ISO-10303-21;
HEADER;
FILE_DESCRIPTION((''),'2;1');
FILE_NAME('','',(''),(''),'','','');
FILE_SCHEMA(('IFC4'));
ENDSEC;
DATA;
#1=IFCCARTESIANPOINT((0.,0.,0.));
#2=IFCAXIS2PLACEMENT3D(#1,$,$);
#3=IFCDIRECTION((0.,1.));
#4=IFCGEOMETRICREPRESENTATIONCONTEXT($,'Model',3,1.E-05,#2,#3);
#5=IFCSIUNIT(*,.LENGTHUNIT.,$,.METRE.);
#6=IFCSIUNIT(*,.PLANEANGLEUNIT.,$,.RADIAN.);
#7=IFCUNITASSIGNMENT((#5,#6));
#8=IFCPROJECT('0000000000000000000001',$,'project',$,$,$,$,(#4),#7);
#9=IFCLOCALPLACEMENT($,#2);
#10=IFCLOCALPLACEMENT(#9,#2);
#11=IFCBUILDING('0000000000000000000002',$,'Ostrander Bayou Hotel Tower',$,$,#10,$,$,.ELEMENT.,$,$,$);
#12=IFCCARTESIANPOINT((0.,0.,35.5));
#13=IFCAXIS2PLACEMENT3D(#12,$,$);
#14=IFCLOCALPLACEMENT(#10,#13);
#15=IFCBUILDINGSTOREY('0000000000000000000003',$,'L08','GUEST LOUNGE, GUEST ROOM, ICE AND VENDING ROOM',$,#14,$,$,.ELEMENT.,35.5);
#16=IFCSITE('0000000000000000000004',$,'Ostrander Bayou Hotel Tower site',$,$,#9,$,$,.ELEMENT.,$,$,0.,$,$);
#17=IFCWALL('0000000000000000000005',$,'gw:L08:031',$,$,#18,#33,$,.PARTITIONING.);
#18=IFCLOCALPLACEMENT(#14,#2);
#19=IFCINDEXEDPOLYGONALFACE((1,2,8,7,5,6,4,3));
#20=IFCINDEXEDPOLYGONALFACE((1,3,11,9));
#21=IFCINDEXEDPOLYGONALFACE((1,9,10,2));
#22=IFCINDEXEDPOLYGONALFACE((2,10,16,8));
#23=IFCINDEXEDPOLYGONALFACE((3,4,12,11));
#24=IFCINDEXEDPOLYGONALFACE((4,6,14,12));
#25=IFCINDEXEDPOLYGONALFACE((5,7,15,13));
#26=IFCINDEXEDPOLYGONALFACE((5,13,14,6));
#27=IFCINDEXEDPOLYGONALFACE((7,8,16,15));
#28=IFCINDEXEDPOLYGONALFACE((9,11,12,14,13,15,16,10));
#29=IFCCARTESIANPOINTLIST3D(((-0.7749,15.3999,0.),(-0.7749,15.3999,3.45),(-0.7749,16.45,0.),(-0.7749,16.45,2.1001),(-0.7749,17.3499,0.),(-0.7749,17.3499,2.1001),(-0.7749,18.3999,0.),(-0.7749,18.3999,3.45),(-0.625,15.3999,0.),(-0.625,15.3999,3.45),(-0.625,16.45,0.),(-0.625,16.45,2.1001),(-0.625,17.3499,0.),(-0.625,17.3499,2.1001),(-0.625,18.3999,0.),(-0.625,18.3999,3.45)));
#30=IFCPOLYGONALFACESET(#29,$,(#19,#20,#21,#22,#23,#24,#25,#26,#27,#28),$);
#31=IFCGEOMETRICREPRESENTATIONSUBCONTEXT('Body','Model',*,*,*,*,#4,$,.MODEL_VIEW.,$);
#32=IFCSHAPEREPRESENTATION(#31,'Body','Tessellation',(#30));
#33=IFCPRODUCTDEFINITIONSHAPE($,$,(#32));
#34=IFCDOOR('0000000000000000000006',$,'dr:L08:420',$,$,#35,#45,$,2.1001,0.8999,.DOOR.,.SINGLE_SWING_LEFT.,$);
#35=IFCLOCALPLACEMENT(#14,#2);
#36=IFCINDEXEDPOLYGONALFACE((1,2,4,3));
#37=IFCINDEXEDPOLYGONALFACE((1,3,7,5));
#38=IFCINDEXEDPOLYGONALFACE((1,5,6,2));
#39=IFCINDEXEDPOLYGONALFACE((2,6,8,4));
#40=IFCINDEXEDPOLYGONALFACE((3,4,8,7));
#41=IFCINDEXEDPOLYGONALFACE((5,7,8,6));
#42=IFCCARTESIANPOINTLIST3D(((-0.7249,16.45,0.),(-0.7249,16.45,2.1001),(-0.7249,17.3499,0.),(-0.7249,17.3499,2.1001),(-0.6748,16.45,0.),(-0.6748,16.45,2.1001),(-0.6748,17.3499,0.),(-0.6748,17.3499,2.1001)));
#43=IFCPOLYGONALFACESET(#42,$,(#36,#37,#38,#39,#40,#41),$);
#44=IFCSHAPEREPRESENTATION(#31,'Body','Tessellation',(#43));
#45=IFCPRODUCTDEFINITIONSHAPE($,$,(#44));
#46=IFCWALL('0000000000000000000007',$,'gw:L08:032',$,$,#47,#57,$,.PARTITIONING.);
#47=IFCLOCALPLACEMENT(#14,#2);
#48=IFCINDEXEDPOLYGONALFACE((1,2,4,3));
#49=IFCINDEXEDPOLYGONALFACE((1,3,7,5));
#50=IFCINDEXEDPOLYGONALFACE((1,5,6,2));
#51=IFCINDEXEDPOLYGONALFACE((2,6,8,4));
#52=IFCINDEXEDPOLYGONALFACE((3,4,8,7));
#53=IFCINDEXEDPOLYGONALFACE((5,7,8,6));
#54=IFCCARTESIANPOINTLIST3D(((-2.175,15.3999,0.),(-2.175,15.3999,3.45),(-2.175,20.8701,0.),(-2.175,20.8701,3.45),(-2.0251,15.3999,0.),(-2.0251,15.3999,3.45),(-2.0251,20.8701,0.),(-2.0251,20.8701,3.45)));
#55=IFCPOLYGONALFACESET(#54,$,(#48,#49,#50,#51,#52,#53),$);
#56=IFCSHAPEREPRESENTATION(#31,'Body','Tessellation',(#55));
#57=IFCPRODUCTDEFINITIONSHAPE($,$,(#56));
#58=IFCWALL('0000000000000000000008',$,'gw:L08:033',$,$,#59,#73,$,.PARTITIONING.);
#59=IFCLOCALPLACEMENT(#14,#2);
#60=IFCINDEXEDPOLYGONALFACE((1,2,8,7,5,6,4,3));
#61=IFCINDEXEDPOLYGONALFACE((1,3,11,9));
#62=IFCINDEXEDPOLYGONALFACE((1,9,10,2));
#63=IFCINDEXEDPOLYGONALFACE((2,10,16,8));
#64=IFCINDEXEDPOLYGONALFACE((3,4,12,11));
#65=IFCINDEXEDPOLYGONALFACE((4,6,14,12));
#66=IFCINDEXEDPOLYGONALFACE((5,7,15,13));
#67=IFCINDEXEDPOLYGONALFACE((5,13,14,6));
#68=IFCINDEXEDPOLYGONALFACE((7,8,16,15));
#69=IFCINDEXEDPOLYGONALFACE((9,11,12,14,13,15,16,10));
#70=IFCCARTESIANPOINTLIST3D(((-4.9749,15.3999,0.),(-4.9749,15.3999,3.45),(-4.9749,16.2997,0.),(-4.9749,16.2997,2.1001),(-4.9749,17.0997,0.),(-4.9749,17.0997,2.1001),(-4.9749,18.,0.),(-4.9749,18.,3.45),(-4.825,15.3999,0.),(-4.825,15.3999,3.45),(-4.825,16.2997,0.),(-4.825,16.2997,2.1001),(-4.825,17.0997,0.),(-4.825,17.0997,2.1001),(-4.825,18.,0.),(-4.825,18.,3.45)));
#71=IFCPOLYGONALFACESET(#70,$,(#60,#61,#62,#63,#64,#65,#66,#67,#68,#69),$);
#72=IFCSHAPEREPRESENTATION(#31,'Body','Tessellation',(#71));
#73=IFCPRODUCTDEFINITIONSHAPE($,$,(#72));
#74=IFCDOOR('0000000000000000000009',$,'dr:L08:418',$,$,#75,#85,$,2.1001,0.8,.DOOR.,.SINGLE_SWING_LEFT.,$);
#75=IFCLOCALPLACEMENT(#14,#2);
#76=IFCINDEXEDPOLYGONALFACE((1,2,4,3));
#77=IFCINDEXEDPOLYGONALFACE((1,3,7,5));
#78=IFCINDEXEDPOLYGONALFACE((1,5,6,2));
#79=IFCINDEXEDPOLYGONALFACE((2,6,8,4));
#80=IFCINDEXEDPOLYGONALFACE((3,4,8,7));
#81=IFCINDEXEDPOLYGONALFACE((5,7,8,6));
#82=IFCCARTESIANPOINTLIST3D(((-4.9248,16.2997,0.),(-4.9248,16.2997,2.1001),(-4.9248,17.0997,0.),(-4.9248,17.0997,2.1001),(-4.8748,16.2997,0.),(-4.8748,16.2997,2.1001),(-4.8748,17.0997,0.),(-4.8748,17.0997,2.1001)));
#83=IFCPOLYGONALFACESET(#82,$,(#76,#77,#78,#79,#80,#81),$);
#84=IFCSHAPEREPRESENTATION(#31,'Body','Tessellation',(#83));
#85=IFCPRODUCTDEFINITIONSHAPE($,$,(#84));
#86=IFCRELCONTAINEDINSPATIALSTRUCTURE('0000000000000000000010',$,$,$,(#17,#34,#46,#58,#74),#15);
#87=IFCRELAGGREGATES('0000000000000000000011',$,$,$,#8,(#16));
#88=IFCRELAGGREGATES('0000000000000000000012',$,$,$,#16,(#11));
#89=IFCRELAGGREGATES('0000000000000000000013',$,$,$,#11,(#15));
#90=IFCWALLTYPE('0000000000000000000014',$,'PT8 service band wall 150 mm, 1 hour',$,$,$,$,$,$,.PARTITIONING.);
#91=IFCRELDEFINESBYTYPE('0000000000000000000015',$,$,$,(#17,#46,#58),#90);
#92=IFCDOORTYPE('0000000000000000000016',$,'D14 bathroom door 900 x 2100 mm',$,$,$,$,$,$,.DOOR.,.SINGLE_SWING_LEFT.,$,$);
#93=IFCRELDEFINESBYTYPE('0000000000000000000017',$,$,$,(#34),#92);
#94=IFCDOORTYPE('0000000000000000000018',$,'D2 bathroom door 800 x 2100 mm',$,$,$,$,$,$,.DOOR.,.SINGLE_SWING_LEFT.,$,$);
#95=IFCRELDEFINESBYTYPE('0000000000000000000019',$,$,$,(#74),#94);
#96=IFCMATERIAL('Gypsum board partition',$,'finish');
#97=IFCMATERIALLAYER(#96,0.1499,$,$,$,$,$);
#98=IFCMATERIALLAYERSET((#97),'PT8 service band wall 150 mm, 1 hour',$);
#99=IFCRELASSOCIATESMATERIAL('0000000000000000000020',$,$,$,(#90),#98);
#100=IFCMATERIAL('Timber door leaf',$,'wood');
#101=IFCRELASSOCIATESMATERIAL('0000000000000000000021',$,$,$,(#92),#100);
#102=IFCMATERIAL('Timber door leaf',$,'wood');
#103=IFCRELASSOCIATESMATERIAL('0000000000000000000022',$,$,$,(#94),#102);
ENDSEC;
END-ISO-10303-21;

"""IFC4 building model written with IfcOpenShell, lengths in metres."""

from ifc_helpers import new_model, si_unit, direction, frame, frame_2d, origin, place, context, subcontext, project, spatial, rectangle, extrude, material, layer, layer_set, type_object, element, fill, save


model = new_model("IFC4")

# Units and contexts
model_context = context("Model", 3, precision=1e-05, world=origin(), true_north=direction((0.0, 1.0)))
body_context = subcontext(model_context, "Body", "Model", "MODEL_VIEW")
ifc_project = project(units=[si_unit("LENGTHUNIT", "METRE"), si_unit("PLANEANGLEUNIT", "RADIAN")], contexts=[model_context])

# Site, building, storey
site_placement = place(None, origin())
site = spatial("IfcSite", under=ifc_project, at=site_placement, Name="Ostrander Bayou Hotel Tower site", CompositionType="ELEMENT", RefElevation=0.0)
building_placement = place(site_placement, origin())
building = spatial("IfcBuilding", under=site, at=building_placement, Name="Ostrander Bayou Hotel Tower", CompositionType="ELEMENT")
storey_placement = place(building_placement, frame((0.0, 0.0, 35.5)))
storey = spatial("IfcBuildingStorey", under=building, at=storey_placement, Name="L08", Description="GUEST LOUNGE, GUEST ROOM, ICE AND VENDING ROOM", CompositionType="ELEMENT", Elevation=35.5)

# Shared definitions
ifc_material_1 = material(Name="Gypsum board partition", Category="finish")
ifc_layer_1 = layer(ifc_material_1, 0.1499)
ifc_layer_set_1 = layer_set([ifc_layer_1], Name="PT8 service band wall 150 mm, 1 hour")
wall_type_1 = type_object("IfcWallType", Name="PT8 service band wall 150 mm, 1 hour", PredefinedType="PARTITIONING", material=ifc_layer_set_1)

# Wall, opening, door
wall_1_placement = place(storey_placement, frame((-0.7, 15.3999, 0.0), z_axis=(0.0, 0.0, 1.0), x_axis=(0.0, 1.0, 0.0)))
wall_1 = element("IfcWall", 1, at=wall_1_placement, inside=storey, type_object=wall_type_1, Name="gw:L08:031", PredefinedType="PARTITIONING", context=body_context, shape_type="SweptSolid", body=[
    extrude(rectangle(XDim=3.0, YDim=0.1499, at=frame_2d((1.5, 0.0))), origin(), (0.0, 0.0, 1.0), 3.45),
])
opening_1_placement = place(wall_1_placement, frame((1.05, 0.0, 0.0)))
opening_1 = element("IfcOpeningElement", 2, at=opening_1_placement, cuts=wall_1, PredefinedType="OPENING", context=body_context, shape_type="SweptSolid", body=[
    extrude(rectangle(XDim=0.8999, YDim=2.1001, at=frame_2d((0.45, 1.05))), frame((0.0, 0.075, 0.0), z_axis=(0.0, -1.0, 0.0), x_axis=(1.0, 0.0, 0.0)), (0.0, 0.0, 1.0), 0.1499),
])
ifc_material_2 = material(Name="Timber door leaf", Category="wood")
door_type_1 = type_object("IfcDoorType", Name="D14 bathroom door 900 x 2100 mm", OperationType="SINGLE_SWING_LEFT", PredefinedType="DOOR", material=ifc_material_2)
door_1_placement = place(opening_1_placement, origin())
door_1 = element("IfcDoor", 3, at=door_1_placement, inside=storey, type_object=door_type_1, Name="dr:L08:420", OperationType="SINGLE_SWING_LEFT", OverallHeight=2.1001, OverallWidth=0.8999, PredefinedType="DOOR", context=body_context, shape_type="SweptSolid", body=[
    extrude(rectangle(XDim=0.8999, YDim=2.1001, at=frame_2d((0.45, 1.05))), frame((0.0, 0.0249, 0.0), z_axis=(0.0, -1.0, 0.0), x_axis=(1.0, 0.0, 0.0)), (0.0, 0.0, 1.0), 0.05),
])
fill(opening_1, door_1)

# Wall
wall_2_placement = place(storey_placement, frame((-2.1001, 15.3999, 0.0), z_axis=(0.0, 0.0, 1.0), x_axis=(0.0, 1.0, 0.0)))
element("IfcWall", 4, at=wall_2_placement, inside=storey, type_object=wall_type_1, Name="gw:L08:032", PredefinedType="PARTITIONING", context=body_context, shape_type="SweptSolid", body=[
    extrude(rectangle(XDim=5.4702, YDim=0.1499, at=frame_2d((2.7351, 0.0))), origin(), (0.0, 0.0, 1.0), 3.45),
])

# Wall, opening, door
wall_3_placement = place(storey_placement, frame((-4.8999, 15.3999, 0.0), z_axis=(0.0, 0.0, 1.0), x_axis=(0.0, 1.0, 0.0)))
wall_3 = element("IfcWall", 5, at=wall_3_placement, inside=storey, type_object=wall_type_1, Name="gw:L08:033", PredefinedType="PARTITIONING", context=body_context, shape_type="SweptSolid", body=[
    extrude(rectangle(XDim=2.6001, YDim=0.1499, at=frame_2d((1.3, 0.0))), origin(), (0.0, 0.0, 1.0), 3.45),
])
opening_2_placement = place(wall_3_placement, frame((0.8999, 0.0, 0.0)))
opening_2 = element("IfcOpeningElement", 6, at=opening_2_placement, cuts=wall_3, PredefinedType="OPENING", context=body_context, shape_type="SweptSolid", body=[
    extrude(rectangle(XDim=0.8, YDim=2.1001, at=frame_2d((0.3999, 1.05))), frame((0.0, 0.075, 0.0), z_axis=(0.0, -1.0, 0.0), x_axis=(1.0, 0.0, 0.0)), (0.0, 0.0, 1.0), 0.1499),
])
ifc_material_3 = material(Name="Timber door leaf", Category="wood")
door_type_2 = type_object("IfcDoorType", Name="D2 bathroom door 800 x 2100 mm", OperationType="SINGLE_SWING_LEFT", PredefinedType="DOOR", material=ifc_material_3)
door_2_placement = place(opening_2_placement, origin())
door_2 = element("IfcDoor", 7, at=door_2_placement, inside=storey, type_object=door_type_2, Name="dr:L08:418", OperationType="SINGLE_SWING_LEFT", OverallHeight=2.1001, OverallWidth=0.8, PredefinedType="DOOR", context=body_context, shape_type="SweptSolid", body=[
    extrude(rectangle(XDim=0.8, YDim=2.1001, at=frame_2d((0.3999, 1.05))), frame((0.0, 0.0249, 0.0), z_axis=(0.0, -1.0, 0.0), x_axis=(1.0, 0.0, 0.0)), (0.0, 0.0, 1.0), 0.05),
])
fill(opening_2, door_2)

save(model, "model.ifc")
